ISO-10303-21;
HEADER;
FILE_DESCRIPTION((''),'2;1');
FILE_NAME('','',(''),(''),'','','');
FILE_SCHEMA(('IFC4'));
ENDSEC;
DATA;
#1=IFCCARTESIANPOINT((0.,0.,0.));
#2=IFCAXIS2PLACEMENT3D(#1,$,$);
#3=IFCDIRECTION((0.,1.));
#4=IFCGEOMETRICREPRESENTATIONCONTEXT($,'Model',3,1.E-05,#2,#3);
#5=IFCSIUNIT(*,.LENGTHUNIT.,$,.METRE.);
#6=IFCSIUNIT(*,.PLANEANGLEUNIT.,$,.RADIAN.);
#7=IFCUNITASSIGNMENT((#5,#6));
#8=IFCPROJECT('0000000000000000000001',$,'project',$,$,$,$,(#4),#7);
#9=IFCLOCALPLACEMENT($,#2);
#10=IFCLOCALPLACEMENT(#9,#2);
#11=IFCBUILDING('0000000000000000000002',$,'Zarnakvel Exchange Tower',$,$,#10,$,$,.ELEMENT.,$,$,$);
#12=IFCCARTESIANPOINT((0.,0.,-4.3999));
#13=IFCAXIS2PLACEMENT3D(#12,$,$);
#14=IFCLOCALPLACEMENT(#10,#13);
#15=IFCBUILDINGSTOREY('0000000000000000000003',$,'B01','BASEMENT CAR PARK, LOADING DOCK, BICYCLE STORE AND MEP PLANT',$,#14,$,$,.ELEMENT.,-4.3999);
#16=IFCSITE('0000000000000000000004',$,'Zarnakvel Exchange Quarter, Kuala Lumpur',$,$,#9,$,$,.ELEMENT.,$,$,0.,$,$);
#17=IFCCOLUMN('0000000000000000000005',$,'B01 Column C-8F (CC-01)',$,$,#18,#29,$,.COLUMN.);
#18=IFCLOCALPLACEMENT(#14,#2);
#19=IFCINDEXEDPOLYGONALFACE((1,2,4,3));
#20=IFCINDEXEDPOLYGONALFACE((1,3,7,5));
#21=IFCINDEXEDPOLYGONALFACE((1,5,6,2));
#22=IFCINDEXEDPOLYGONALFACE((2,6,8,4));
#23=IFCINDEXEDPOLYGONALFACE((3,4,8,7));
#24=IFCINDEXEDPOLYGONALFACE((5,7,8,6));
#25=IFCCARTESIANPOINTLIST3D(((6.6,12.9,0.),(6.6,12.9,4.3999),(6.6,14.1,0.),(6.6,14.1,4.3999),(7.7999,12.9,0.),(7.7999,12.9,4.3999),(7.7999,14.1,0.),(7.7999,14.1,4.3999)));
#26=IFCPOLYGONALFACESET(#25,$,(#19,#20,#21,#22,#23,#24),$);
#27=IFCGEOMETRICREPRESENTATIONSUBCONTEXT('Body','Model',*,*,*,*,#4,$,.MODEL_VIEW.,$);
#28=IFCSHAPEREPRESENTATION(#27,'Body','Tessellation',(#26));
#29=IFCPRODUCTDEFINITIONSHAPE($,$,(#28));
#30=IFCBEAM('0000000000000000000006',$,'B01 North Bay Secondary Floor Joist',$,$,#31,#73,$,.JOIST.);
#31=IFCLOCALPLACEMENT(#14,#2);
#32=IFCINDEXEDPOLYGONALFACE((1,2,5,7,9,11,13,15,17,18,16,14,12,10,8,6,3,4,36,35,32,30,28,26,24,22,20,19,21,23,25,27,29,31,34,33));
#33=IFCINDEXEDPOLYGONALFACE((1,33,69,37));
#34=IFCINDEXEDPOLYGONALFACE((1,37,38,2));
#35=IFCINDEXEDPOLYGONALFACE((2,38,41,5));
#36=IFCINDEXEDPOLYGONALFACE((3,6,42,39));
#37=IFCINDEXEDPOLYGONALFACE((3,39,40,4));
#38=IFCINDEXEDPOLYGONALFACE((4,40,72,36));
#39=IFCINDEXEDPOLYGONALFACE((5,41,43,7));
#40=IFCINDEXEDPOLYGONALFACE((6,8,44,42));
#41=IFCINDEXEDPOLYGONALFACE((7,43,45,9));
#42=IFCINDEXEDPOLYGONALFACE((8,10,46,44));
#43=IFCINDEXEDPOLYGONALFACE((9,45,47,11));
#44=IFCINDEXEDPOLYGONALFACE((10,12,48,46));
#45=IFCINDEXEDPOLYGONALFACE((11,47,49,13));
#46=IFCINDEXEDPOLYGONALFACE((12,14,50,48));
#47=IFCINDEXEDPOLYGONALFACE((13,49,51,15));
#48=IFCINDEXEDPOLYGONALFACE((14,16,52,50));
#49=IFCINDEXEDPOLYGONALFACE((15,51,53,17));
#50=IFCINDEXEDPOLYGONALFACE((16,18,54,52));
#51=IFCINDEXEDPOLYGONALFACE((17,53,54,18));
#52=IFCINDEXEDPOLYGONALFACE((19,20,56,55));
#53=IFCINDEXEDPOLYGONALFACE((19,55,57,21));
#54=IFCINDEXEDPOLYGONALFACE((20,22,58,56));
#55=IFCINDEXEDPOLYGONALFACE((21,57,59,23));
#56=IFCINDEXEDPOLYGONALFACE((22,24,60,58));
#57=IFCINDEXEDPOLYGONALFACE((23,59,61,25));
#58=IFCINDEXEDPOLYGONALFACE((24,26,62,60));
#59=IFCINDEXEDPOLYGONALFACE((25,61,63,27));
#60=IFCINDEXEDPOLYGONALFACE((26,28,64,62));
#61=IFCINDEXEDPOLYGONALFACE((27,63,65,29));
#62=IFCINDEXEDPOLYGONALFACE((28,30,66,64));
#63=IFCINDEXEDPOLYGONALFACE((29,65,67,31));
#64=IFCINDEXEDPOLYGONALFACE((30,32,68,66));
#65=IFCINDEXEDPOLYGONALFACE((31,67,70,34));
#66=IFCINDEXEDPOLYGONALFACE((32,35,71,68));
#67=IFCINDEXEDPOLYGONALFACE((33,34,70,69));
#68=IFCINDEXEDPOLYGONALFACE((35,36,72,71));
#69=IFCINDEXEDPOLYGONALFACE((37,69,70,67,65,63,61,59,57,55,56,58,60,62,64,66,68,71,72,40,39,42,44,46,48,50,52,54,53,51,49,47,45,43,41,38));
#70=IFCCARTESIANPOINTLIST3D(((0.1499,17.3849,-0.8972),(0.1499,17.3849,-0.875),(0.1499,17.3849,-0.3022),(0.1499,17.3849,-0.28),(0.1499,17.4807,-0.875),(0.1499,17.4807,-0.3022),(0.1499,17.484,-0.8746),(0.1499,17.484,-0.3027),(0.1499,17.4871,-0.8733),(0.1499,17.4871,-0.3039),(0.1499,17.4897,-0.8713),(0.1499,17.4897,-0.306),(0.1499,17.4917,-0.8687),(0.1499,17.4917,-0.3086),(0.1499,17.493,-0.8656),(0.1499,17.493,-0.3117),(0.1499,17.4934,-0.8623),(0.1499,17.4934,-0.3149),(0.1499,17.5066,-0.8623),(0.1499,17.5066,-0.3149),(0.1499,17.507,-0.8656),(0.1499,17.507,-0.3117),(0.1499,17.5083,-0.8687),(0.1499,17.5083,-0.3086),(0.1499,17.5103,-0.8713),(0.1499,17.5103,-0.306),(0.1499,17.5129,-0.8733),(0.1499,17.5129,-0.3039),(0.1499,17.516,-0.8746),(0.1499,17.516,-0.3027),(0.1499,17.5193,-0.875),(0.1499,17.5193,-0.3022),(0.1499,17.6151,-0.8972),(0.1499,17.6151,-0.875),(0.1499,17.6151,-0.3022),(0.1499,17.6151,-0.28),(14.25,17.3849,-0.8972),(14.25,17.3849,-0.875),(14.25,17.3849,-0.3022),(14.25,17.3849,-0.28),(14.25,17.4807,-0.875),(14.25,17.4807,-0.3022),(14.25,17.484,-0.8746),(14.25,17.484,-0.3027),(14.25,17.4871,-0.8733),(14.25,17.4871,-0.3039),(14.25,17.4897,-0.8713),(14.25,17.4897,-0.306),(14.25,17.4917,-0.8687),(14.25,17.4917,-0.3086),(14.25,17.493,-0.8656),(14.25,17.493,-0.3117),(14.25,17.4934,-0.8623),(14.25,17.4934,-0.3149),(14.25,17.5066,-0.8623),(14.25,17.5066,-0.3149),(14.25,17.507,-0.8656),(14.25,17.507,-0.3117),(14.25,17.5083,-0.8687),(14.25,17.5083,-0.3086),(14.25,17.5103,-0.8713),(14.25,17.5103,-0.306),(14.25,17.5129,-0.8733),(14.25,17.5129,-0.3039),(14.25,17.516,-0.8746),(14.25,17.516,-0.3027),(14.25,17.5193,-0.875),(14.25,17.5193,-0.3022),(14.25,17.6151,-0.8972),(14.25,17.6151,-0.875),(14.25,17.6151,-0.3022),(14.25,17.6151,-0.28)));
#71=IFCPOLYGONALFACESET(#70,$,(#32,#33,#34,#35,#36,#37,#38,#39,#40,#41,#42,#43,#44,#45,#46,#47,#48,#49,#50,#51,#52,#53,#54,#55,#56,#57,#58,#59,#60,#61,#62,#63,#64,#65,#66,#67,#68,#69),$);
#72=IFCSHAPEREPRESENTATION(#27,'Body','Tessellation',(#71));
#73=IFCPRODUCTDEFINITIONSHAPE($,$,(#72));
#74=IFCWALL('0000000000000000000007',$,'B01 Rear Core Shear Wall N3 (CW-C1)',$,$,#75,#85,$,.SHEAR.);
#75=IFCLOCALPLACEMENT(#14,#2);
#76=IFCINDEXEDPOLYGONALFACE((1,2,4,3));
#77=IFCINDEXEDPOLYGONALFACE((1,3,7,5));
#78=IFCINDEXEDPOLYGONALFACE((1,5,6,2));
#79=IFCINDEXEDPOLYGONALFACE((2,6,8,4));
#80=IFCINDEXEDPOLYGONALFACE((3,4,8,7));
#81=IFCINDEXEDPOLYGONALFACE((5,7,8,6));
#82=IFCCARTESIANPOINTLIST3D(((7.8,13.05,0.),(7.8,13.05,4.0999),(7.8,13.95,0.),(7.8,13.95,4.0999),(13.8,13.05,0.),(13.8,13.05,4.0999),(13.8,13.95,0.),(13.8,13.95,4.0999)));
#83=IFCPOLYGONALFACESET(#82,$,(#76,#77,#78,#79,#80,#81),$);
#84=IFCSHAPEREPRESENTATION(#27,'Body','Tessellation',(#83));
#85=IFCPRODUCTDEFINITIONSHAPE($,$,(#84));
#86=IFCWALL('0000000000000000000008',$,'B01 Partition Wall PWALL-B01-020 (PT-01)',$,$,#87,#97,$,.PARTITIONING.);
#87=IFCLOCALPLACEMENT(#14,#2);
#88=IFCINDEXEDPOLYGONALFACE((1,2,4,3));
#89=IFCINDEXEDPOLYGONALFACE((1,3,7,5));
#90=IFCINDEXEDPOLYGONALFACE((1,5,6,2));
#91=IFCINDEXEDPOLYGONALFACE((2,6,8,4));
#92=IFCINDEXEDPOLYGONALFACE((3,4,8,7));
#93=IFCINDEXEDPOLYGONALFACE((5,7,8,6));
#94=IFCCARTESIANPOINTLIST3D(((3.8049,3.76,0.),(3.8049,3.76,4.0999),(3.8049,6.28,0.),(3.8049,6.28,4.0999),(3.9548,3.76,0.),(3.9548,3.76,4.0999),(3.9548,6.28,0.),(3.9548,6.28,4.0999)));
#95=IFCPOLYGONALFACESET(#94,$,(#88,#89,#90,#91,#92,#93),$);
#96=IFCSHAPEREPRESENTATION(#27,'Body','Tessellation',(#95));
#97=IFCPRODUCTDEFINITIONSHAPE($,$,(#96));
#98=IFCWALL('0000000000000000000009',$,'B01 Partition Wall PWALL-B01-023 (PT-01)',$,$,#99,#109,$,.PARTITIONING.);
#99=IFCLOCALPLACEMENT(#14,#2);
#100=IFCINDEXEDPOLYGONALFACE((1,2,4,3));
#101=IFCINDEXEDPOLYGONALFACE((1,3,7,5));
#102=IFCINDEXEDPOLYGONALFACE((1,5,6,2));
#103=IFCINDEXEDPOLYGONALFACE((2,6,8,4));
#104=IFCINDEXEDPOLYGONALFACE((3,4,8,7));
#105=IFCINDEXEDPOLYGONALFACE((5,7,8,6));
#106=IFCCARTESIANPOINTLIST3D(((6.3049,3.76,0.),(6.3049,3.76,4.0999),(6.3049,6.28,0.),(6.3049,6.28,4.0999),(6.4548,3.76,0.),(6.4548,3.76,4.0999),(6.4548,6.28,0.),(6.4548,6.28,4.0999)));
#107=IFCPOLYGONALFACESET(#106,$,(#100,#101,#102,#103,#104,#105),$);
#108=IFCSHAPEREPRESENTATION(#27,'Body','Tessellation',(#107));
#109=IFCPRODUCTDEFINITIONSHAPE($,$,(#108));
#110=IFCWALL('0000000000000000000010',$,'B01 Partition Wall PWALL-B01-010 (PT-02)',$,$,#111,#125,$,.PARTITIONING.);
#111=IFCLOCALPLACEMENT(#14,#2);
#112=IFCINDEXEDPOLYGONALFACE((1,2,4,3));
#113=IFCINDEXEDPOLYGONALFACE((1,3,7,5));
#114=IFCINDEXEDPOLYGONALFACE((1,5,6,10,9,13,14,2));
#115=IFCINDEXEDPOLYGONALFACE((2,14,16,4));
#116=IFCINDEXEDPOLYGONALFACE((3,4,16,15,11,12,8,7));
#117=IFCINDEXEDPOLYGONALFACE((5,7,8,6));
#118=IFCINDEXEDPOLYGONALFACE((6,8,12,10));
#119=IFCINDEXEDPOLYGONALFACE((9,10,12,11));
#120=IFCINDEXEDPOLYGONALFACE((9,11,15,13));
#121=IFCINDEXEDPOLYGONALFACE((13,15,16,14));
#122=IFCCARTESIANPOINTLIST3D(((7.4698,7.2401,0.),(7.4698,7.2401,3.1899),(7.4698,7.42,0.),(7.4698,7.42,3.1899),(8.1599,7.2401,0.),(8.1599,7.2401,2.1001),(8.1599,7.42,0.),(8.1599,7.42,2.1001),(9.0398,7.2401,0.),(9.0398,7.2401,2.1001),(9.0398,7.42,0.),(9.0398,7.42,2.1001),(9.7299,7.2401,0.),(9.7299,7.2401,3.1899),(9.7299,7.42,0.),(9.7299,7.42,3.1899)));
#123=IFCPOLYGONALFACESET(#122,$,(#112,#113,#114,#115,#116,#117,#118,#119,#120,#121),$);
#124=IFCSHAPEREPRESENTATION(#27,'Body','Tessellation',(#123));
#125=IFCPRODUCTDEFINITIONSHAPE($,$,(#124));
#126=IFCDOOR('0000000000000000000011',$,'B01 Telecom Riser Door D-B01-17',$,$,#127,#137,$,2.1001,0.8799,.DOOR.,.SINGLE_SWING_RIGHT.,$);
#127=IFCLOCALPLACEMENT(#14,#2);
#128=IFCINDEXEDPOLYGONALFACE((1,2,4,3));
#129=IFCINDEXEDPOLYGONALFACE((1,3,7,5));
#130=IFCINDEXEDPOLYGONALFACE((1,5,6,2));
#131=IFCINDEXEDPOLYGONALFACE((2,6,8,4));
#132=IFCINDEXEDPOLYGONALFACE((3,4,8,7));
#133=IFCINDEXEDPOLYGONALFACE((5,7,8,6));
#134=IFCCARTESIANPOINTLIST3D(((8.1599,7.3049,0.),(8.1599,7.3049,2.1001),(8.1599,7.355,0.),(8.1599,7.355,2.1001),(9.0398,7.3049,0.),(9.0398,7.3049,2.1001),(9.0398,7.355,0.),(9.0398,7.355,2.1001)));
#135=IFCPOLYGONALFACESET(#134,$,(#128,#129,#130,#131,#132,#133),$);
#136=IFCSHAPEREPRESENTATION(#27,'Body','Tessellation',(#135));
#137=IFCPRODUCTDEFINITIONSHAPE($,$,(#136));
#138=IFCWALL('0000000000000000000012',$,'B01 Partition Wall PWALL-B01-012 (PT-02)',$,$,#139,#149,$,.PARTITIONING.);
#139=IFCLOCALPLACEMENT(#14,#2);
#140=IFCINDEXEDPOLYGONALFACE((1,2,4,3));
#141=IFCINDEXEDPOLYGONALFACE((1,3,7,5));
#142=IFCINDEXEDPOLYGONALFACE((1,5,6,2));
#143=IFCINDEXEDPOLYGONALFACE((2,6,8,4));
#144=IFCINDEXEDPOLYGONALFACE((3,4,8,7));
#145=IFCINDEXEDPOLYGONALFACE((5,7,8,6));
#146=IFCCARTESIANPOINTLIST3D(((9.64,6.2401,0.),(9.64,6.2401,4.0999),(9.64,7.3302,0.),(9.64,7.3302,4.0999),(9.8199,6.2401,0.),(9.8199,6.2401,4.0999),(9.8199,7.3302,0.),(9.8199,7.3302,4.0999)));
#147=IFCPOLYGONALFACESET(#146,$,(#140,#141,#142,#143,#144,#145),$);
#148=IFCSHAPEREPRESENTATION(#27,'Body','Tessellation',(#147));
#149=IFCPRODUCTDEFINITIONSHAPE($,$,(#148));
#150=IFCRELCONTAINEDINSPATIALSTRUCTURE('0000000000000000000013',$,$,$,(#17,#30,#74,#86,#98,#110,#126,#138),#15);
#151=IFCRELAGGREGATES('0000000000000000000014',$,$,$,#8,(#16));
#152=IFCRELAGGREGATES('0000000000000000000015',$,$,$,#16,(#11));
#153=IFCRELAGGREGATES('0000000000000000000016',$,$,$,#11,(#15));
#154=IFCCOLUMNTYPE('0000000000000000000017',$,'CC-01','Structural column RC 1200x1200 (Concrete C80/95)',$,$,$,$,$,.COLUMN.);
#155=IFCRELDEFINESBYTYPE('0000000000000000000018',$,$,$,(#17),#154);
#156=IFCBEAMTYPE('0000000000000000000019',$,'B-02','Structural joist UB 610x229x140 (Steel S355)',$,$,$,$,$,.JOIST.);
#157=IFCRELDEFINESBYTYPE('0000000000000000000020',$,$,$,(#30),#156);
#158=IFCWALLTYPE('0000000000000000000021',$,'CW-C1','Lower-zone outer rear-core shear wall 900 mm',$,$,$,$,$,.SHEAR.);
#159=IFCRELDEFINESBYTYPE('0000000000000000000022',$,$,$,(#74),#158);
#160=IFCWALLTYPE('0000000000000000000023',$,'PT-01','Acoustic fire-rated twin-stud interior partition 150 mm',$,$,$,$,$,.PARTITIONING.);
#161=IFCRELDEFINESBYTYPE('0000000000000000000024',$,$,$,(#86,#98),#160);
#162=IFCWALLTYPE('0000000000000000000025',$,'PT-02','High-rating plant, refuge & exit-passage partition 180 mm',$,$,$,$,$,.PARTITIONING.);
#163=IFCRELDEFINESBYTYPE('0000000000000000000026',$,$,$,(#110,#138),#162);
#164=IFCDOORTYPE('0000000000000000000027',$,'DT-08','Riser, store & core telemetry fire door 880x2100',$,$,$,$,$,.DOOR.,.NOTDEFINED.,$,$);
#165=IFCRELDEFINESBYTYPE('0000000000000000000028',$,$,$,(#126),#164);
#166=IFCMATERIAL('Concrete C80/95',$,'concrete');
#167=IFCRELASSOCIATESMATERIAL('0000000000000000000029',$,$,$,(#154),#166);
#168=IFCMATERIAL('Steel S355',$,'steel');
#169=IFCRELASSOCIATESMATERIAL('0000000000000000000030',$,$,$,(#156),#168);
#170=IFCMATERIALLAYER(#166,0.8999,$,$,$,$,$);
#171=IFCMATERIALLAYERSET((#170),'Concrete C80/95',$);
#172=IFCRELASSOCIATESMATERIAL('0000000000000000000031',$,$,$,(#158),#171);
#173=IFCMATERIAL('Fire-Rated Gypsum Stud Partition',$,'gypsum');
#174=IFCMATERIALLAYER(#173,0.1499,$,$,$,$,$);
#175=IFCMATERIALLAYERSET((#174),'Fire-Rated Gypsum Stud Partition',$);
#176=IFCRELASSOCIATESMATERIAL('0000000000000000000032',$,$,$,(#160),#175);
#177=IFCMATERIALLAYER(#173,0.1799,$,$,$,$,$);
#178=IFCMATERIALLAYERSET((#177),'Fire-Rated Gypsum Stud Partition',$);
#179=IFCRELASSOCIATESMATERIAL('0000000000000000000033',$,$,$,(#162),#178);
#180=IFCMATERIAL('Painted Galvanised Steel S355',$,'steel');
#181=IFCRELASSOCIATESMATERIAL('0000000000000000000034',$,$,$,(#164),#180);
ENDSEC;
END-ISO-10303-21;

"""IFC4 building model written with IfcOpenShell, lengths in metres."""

from ifc_helpers import new_model, si_unit, direction, frame, frame_2d, origin, origin_2d, place, context, subcontext, project, spatial, rectangle, i_section, extrude, source, transform, mapped, material, layer, layer_set, material_profile, profile_set, type_object, element, fill, save


model = new_model("IFC4")

# Units and contexts
model_context = context("Model", 3, precision=1e-05, world=origin(), true_north=direction((0.0, 1.0)))
body_context = subcontext(model_context, "Body", "Model", "MODEL_VIEW")
ifc_project = project(units=[si_unit("LENGTHUNIT", "METRE"), si_unit("PLANEANGLEUNIT", "RADIAN")], contexts=[model_context])

# Site, building, storey
site_placement = place(None, origin())
site = spatial("IfcSite", under=ifc_project, at=site_placement, Name="Zarnakvel Exchange Quarter, Kuala Lumpur", CompositionType="ELEMENT", RefElevation=0.0)
building_placement = place(site_placement, origin())
building = spatial("IfcBuilding", under=site, at=building_placement, Name="Zarnakvel Exchange Tower", CompositionType="ELEMENT")
storey_placement = place(building_placement, frame((0.0, 0.0, -4.3999)))
storey = spatial("IfcBuildingStorey", under=building, at=storey_placement, Name="B01", Description="BASEMENT CAR PARK, LOADING DOCK, BICYCLE STORE AND MEP PLANT", CompositionType="ELEMENT", Elevation=-4.3999)

# Column
ifc_material_1 = material(Name="Concrete C80/95", Category="concrete")
ifc_material_profile_1 = material_profile(ifc_material_1, rectangle(XDim=1.2, YDim=1.2, at=origin_2d()))
ifc_profile_set_1 = profile_set([ifc_material_profile_1], Name="Concrete C80/95")
column_type = type_object("IfcColumnType", Name="CC-01", Description="Structural column RC 1200x1200 (Concrete C80/95)", PredefinedType="COLUMN", material=ifc_profile_set_1)
column_placement = place(storey_placement, frame((7.2, 13.5, 0.0), z_axis=(0.0, 0.0, 1.0), x_axis=(1.0, 0.0, 0.0)))
element("IfcColumn", 1, at=column_placement, inside=storey, type_object=column_type, Name="B01 Column C-8F (CC-01)", PredefinedType="COLUMN", context=body_context, shape_type="SweptSolid", body=[
    extrude(rectangle(XDim=1.2, YDim=1.2, at=origin_2d()), origin(), (0.0, 0.0, 1.0), 4.3999),
])

# Beam
ifc_material_2 = material(Name="Steel S355", Category="steel")
ifc_material_profile_2 = material_profile(ifc_material_2, i_section(OverallWidth=0.2302, OverallDepth=0.6172, WebThickness=0.0132, FlangeThickness=0.0222, FilletRadius=0.0127, at=origin_2d()))
ifc_profile_set_2 = profile_set([ifc_material_profile_2], Name="Steel S355")
beam_type = type_object("IfcBeamType", Name="B-02", Description="Structural joist UB 610x229x140 (Steel S355)", PredefinedType="JOIST", material=ifc_profile_set_2)
beam_placement = place(storey_placement, frame((0.1499, 17.5, -0.5886), z_axis=(1.0, 0.0, 0.0), x_axis=(0.0, 1.0, 0.0)))
element("IfcBeam", 2, at=beam_placement, inside=storey, type_object=beam_type, Name="B01 North Bay Secondary Floor Joist", PredefinedType="JOIST", context=body_context, shape_type="SweptSolid", body=[
    extrude(i_section(OverallWidth=0.2302, OverallDepth=0.6172, WebThickness=0.0132, FlangeThickness=0.0222, FilletRadius=0.0127, at=origin_2d()), origin(), (0.0, 0.0, 1.0), 14.1001),
])

# Walls
ifc_layer_1 = layer(ifc_material_1, 0.8999)
ifc_layer_set_1 = layer_set([ifc_layer_1], Name="Concrete C80/95")
wall_type_1 = type_object("IfcWallType", Name="CW-C1", Description="Lower-zone outer rear-core shear wall 900 mm", PredefinedType="SHEAR", material=ifc_layer_set_1)
wall_1_placement = place(storey_placement, frame((7.8, 13.5, 0.0), z_axis=(0.0, 0.0, 1.0), x_axis=(1.0, 0.0, 0.0)))
element("IfcWall", 3, at=wall_1_placement, inside=storey, type_object=wall_type_1, Name="B01 Rear Core Shear Wall N3 (CW-C1)", PredefinedType="SHEAR", context=body_context, shape_type="SweptSolid", body=[
    extrude(rectangle(XDim=6.0, YDim=0.8999, at=frame_2d((3.0, 0.0))), origin(), (0.0, 0.0, 1.0), 4.0999),
])
ifc_material_3 = material(Name="Fire-Rated Gypsum Stud Partition", Category="gypsum")
ifc_layer_2 = layer(ifc_material_3, 0.1499)
ifc_layer_set_2 = layer_set([ifc_layer_2], Name="Fire-Rated Gypsum Stud Partition")
wall_type_2 = type_object("IfcWallType", Name="PT-01", Description="Acoustic fire-rated twin-stud interior partition 150 mm", PredefinedType="PARTITIONING", material=ifc_layer_set_2)
wall_2_placement = place(storey_placement, frame((3.8799, 6.28, 0.0), z_axis=(0.0, 0.0, 1.0), x_axis=(0.0, -1.0, 0.0)))
element("IfcWall", 4, at=wall_2_placement, inside=storey, type_object=wall_type_2, Name="B01 Partition Wall PWALL-B01-020 (PT-01)", PredefinedType="PARTITIONING", context=body_context, shape_type="SweptSolid", body=[
    extrude(rectangle(XDim=2.52, YDim=0.1499, at=frame_2d((1.26, 0.0))), origin(), (0.0, 0.0, 1.0), 4.0999),
])

# Wall
wall_3_placement = place(storey_placement, frame((6.3799, 6.28, 0.0), z_axis=(0.0, 0.0, 1.0), x_axis=(0.0, -1.0, 0.0)))
element("IfcWall", 5, at=wall_3_placement, inside=storey, type_object=wall_type_2, Name="B01 Partition Wall PWALL-B01-023 (PT-01)", PredefinedType="PARTITIONING", context=body_context, shape_type="SweptSolid", body=[
    extrude(rectangle(XDim=2.52, YDim=0.1499, at=frame_2d((1.26, 0.0))), origin(), (0.0, 0.0, 1.0), 4.0999),
])

# Wall, opening, door
ifc_layer_3 = layer(ifc_material_3, 0.1799)
ifc_layer_set_3 = layer_set([ifc_layer_3], Name="Fire-Rated Gypsum Stud Partition")
wall_type_3 = type_object("IfcWallType", Name="PT-02", Description="High-rating plant, refuge & exit-passage partition 180 mm", PredefinedType="PARTITIONING", material=ifc_layer_set_3)
wall_4_placement = place(storey_placement, frame((7.47, 7.3301, 0.0), z_axis=(0.0, 0.0, 1.0), x_axis=(1.0, 0.0, 0.0)))
wall_4 = element("IfcWall", 6, at=wall_4_placement, inside=storey, type_object=wall_type_3, Name="B01 Partition Wall PWALL-B01-010 (PT-02)", PredefinedType="PARTITIONING", context=body_context, shape_type="SweptSolid", body=[
    extrude(rectangle(XDim=2.26, YDim=0.1799, at=frame_2d((1.1299, 0.0))), origin(), (0.0, 0.0, 1.0), 3.1899),
])
opening_1_placement = place(wall_4_placement, frame((0.6899, 0.0, 0.0)))
opening_1 = element("IfcOpeningElement", 7, at=opening_1_placement, cuts=wall_4, PredefinedType="OPENING", context=body_context, shape_type="SweptSolid", body=[
    extrude(rectangle(XDim=0.8799, YDim=2.1001, at=frame_2d((0.4399, 1.05))), frame((0.0, 0.0999, 0.0), z_axis=(0.0, -1.0, 0.0), x_axis=(1.0, 0.0, 0.0)), (0.0, 0.0, 1.0), 0.2),
])
ifc_material_4 = material(Name="Painted Galvanised Steel S355", Category="steel")
door_type_1 = type_object("IfcDoorType", Name="DT-08", Description="Riser, store & core telemetry fire door 880x2100", OperationType="NOTDEFINED", PredefinedType="DOOR", material=ifc_material_4)
shared_shape_1 = source(origin(), body_context, "Body", "SweptSolid", [
    extrude(rectangle(XDim=0.8799, YDim=2.1001, at=frame_2d((0.4399, 1.05))), frame((0.0, 0.0249, 0.0), z_axis=(0.0, -1.0, 0.0), x_axis=(1.0, 0.0, 0.0)), (0.0, 0.0, 1.0), 0.05),
])
door_1_placement = place(opening_1_placement, origin())
door_1 = element("IfcDoor", 8, at=door_1_placement, inside=storey, type_object=door_type_1, Name="B01 Telecom Riser Door D-B01-17", OperationType="SINGLE_SWING_RIGHT", OverallHeight=2.1001, OverallWidth=0.8799, PredefinedType="DOOR", context=body_context, shape_type="MappedRepresentation", body=[
    mapped(shared_shape_1, transform((0.0, 0.0, 0.0), x_axis=(1.0, 0.0, 0.0), y_axis=(0.0, 1.0, 0.0), z_axis=(0.0, 0.0, 1.0), scale=1.0)),
])
fill(opening_1, door_1)

# Wall
wall_5_placement = place(storey_placement, frame((9.73, 7.3301, 0.0), z_axis=(0.0, 0.0, 1.0), x_axis=(0.0, -1.0, 0.0)))
element("IfcWall", 9, at=wall_5_placement, inside=storey, type_object=wall_type_3, Name="B01 Partition Wall PWALL-B01-012 (PT-02)", PredefinedType="PARTITIONING", context=body_context, shape_type="SweptSolid", body=[
    extrude(rectangle(XDim=1.0901, YDim=0.1799, at=frame_2d((0.5449, 0.0))), origin(), (0.0, 0.0, 1.0), 4.0999),
])

save(model, "model.ifc")
